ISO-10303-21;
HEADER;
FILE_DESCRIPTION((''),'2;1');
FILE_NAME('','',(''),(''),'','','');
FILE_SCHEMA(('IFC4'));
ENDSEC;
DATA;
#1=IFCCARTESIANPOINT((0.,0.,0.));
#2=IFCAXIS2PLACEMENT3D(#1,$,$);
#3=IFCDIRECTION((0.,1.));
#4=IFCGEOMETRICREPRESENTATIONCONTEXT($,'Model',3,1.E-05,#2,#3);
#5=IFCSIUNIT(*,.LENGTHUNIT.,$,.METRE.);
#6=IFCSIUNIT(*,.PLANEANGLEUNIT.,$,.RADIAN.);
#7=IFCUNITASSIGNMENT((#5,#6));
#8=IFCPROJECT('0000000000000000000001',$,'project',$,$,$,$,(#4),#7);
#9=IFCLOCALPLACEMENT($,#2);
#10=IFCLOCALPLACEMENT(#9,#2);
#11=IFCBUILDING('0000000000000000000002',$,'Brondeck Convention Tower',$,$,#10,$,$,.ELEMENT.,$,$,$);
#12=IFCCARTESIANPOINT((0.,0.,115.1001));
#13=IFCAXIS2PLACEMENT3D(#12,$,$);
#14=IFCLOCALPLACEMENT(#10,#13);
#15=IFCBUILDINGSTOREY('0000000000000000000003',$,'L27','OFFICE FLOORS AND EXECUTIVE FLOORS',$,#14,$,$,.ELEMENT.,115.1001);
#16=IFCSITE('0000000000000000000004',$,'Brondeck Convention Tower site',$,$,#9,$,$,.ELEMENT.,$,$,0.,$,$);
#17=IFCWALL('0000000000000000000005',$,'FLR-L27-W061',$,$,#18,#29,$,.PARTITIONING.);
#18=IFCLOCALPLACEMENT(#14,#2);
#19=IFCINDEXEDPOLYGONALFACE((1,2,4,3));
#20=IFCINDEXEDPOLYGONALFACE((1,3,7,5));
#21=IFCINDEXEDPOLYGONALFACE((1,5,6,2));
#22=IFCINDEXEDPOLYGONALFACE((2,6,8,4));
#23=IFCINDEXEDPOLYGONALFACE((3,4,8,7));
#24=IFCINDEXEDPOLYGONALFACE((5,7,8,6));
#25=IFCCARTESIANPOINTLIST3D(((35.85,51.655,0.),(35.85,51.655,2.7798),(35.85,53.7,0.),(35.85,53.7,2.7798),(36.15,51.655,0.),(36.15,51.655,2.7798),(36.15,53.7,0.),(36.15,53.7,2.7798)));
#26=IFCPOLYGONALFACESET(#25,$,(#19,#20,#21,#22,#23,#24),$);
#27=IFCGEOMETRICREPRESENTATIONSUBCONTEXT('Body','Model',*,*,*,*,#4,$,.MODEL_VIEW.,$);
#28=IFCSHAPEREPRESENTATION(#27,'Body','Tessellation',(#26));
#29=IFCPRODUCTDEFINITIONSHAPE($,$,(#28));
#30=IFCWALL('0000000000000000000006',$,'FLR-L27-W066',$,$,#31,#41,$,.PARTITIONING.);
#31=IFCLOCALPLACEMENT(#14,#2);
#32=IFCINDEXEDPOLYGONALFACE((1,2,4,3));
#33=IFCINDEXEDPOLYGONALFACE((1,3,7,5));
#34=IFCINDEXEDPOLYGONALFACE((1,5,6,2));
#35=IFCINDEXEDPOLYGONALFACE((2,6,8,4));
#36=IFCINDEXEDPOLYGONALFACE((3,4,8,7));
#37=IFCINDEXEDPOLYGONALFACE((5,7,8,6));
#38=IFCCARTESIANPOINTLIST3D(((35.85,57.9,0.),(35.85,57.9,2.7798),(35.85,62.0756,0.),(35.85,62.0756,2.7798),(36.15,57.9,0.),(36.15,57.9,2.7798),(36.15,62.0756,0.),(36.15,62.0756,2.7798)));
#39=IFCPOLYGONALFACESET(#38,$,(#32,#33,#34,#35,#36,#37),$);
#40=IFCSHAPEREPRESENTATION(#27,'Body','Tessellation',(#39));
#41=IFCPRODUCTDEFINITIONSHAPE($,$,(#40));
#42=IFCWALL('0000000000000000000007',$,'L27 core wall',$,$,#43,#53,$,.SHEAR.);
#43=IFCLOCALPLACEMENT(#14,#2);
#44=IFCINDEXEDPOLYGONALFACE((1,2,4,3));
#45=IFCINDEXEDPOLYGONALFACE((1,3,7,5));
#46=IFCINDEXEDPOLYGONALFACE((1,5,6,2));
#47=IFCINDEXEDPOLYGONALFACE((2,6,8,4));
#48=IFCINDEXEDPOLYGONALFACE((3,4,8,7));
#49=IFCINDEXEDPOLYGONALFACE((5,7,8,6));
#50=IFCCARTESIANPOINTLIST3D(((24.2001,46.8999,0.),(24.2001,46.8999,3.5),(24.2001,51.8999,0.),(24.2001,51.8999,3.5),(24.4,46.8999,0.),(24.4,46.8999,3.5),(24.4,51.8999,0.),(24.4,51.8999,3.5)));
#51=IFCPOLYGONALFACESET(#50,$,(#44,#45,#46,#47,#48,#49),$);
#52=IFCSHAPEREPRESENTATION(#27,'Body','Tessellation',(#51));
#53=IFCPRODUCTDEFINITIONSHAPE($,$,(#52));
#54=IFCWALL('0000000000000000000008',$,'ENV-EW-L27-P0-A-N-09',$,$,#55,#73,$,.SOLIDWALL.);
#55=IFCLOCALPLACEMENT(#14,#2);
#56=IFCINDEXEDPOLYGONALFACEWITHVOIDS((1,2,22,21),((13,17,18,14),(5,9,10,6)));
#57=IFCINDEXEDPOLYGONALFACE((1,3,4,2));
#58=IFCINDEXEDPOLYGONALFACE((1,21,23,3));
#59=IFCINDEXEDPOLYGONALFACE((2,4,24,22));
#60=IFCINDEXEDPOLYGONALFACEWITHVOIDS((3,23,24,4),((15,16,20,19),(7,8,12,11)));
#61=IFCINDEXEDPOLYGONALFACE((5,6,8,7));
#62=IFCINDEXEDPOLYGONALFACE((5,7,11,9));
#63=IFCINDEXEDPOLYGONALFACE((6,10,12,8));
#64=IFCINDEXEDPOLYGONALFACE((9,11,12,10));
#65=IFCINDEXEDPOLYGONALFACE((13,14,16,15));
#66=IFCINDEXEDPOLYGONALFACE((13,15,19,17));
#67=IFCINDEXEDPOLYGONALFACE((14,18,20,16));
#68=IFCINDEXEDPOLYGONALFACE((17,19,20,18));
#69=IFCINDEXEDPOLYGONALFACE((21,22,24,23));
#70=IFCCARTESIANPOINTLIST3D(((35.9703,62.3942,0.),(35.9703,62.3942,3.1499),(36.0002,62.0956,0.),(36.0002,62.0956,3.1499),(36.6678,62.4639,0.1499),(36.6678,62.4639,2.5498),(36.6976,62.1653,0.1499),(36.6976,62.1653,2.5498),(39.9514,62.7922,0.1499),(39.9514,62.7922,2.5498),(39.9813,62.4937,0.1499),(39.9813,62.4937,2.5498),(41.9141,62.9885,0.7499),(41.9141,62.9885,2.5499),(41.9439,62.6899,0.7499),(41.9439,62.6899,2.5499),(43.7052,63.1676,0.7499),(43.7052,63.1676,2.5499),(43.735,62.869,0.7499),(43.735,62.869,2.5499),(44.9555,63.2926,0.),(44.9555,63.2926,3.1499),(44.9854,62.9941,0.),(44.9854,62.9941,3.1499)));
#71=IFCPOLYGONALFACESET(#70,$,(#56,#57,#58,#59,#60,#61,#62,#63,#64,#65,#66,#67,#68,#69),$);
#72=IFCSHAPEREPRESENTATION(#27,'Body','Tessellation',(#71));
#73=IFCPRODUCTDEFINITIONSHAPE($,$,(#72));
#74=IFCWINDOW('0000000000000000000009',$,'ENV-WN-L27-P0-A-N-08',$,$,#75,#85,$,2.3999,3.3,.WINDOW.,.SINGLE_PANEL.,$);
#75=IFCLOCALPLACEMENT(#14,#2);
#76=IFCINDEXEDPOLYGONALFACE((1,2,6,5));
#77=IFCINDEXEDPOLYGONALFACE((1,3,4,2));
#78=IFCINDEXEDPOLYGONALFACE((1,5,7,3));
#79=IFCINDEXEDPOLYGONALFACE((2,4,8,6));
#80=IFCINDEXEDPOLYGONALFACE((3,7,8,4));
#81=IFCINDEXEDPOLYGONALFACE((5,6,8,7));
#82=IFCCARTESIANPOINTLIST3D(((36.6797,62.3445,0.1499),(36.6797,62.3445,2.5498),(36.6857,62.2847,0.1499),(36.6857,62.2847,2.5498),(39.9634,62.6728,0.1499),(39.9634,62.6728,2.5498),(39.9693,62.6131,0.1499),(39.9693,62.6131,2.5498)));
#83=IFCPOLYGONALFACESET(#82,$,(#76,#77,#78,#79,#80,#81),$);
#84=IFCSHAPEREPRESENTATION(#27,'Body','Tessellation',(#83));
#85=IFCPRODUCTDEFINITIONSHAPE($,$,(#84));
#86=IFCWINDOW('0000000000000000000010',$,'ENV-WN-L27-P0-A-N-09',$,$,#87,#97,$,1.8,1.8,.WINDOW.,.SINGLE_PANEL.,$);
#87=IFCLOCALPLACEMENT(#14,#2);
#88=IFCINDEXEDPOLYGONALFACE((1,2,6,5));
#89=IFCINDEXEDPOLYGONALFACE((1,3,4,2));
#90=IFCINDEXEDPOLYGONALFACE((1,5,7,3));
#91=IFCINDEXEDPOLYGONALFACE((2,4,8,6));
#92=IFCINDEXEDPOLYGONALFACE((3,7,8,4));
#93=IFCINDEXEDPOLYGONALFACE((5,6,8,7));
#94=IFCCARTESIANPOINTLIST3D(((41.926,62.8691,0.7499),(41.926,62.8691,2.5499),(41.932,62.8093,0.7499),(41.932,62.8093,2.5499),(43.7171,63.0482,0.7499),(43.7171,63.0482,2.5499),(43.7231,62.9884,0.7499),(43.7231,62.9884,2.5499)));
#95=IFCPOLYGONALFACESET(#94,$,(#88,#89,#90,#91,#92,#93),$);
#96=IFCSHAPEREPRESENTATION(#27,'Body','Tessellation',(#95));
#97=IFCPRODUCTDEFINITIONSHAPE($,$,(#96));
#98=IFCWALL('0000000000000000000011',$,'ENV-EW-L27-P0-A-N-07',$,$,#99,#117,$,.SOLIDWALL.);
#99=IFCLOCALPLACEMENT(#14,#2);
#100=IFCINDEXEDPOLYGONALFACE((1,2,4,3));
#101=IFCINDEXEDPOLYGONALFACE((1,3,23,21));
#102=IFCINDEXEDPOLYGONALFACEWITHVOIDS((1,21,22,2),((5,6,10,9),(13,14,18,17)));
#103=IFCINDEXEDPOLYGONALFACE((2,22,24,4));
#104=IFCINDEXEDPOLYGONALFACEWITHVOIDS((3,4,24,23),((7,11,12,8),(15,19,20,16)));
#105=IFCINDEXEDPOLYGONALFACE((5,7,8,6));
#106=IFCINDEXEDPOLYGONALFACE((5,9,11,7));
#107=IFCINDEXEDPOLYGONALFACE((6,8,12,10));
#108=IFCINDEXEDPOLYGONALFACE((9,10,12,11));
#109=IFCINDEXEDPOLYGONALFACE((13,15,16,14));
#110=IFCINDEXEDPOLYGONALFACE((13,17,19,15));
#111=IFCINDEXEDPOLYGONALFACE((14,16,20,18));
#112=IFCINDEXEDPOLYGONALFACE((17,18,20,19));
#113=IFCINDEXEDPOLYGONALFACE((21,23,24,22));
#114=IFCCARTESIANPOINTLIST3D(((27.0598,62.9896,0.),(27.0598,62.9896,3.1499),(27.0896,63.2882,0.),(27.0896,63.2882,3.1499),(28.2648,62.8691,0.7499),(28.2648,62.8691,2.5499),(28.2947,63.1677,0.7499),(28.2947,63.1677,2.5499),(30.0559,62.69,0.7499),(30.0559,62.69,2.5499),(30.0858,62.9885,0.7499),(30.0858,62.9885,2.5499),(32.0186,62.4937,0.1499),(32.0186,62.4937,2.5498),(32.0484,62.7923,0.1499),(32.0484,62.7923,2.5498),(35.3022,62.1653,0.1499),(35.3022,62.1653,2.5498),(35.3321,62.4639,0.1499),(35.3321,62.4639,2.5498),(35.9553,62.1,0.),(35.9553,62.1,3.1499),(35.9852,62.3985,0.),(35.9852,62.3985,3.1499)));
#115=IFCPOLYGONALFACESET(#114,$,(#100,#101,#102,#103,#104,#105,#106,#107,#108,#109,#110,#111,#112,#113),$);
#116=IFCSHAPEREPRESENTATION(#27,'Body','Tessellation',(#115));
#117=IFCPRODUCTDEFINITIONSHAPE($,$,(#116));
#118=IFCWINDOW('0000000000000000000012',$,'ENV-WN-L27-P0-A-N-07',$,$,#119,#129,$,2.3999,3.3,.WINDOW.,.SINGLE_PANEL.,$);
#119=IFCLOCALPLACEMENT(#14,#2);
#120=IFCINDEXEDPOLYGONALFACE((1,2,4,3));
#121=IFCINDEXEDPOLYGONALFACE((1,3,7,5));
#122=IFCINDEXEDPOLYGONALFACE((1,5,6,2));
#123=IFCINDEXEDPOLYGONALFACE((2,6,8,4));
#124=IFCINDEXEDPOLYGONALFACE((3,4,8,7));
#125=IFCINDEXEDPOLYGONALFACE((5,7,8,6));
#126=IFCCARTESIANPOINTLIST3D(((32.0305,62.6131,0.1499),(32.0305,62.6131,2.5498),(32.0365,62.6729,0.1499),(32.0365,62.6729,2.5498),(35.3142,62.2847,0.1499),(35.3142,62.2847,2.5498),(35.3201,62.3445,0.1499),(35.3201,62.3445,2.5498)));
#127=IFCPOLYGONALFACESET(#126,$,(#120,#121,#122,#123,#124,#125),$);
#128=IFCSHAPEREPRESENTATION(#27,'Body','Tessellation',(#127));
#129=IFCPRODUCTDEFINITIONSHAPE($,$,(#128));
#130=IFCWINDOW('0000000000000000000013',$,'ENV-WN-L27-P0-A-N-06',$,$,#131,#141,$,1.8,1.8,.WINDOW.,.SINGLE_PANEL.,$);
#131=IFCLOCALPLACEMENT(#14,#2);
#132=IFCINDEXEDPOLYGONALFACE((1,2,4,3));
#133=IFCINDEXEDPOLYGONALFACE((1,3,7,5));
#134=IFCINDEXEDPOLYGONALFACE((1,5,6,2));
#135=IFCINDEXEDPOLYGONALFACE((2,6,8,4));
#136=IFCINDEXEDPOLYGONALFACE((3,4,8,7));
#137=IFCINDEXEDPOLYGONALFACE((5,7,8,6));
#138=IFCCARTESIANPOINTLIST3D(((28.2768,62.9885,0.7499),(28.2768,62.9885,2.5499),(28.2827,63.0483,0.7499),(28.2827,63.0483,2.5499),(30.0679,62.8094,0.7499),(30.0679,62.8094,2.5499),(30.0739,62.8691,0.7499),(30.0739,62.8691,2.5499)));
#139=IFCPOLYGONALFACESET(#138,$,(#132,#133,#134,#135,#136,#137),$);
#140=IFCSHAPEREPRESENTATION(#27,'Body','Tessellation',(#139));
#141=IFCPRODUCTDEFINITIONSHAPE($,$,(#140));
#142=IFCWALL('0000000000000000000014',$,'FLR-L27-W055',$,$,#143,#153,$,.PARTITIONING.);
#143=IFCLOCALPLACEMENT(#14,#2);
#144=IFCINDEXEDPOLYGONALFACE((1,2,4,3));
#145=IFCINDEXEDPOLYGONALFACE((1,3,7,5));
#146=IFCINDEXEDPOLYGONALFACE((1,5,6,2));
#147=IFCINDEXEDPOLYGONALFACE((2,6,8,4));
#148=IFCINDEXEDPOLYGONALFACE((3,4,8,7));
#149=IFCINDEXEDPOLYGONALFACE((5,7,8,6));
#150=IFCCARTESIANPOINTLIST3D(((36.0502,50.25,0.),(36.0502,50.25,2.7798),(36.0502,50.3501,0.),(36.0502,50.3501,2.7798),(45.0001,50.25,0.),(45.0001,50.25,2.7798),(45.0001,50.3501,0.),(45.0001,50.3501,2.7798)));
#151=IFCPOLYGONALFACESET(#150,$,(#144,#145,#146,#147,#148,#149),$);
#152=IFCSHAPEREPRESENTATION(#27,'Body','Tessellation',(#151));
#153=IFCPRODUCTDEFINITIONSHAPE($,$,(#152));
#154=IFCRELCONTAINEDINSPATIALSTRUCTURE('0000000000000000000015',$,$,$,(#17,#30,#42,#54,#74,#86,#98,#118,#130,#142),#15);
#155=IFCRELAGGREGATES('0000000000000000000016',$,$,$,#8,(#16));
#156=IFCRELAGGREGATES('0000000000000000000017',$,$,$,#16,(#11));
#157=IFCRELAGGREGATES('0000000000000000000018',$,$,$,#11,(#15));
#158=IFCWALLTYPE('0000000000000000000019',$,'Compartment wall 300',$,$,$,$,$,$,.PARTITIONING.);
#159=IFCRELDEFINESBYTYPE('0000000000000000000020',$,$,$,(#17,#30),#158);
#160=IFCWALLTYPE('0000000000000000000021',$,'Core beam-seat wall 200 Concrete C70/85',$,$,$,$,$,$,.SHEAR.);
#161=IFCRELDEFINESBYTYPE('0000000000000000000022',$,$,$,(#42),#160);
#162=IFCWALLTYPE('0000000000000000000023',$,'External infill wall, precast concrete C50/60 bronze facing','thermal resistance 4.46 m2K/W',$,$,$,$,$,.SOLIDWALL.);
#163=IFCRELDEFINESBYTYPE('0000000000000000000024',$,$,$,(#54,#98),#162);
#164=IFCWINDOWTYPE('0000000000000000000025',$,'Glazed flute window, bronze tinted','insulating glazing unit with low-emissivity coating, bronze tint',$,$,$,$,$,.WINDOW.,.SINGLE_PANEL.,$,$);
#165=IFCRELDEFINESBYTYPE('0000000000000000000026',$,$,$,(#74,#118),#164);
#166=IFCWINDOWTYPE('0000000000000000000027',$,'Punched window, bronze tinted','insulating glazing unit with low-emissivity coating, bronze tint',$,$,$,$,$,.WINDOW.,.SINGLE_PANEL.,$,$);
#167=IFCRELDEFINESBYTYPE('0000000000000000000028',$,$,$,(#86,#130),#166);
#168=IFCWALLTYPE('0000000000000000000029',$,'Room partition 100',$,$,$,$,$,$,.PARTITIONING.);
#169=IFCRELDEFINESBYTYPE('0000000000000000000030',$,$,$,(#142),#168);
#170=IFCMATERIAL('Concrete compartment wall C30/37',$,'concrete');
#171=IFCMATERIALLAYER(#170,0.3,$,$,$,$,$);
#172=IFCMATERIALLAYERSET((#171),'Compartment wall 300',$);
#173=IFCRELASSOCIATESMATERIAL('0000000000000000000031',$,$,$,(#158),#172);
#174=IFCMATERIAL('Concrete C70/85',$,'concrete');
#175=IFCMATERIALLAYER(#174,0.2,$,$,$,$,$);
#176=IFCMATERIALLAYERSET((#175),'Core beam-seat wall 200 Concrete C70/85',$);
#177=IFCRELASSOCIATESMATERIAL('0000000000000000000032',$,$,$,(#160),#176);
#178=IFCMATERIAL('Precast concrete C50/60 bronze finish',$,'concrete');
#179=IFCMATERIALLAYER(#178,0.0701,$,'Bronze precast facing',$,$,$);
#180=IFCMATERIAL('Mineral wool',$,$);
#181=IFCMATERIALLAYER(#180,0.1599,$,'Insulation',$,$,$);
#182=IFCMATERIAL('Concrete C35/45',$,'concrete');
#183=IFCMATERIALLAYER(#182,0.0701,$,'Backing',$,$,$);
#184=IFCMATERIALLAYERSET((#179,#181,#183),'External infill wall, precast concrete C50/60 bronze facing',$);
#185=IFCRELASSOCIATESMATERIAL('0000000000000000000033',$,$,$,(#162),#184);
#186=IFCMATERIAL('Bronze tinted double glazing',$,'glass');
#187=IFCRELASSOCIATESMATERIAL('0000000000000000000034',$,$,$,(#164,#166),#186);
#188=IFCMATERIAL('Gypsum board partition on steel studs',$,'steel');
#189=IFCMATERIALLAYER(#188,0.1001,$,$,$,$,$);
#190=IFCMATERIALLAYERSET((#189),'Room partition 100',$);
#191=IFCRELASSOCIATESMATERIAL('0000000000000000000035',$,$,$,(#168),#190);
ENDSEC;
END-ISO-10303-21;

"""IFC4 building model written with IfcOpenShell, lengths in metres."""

from ifc_helpers import new_model, si_unit, direction, frame, frame_2d, origin, place, context, subcontext, project, spatial, rectangle, extrude, material, layer, layer_set, type_object, element, fill, save


model = new_model("IFC4")

# Units and contexts
model_context = context("Model", 3, precision=1e-05, world=origin(), true_north=direction((0.0, 1.0)))
body_context = subcontext(model_context, "Body", "Model", "MODEL_VIEW")
ifc_project = project(units=[si_unit("LENGTHUNIT", "METRE"), si_unit("PLANEANGLEUNIT", "RADIAN")], contexts=[model_context])

# Site, building, storey
site_placement = place(None, origin())
site = spatial("IfcSite", under=ifc_project, at=site_placement, Name="Brondeck Convention Tower site", CompositionType="ELEMENT", RefElevation=0.0)
building_placement = place(site_placement, origin())
building = spatial("IfcBuilding", under=site, at=building_placement, Name="Brondeck Convention Tower", CompositionType="ELEMENT")
storey_placement = place(building_placement, frame((0.0, 0.0, 115.1001)))
storey = spatial("IfcBuildingStorey", under=building, at=storey_placement, Name="L27", Description="OFFICE FLOORS AND EXECUTIVE FLOORS", CompositionType="ELEMENT", Elevation=115.1001)

# Shared definitions
ifc_material_1 = material(Name="Concrete C70/85", Category="concrete")

# Walls
ifc_material_2 = material(Name="Concrete compartment wall C30/37", Category="concrete")
ifc_layer_1 = layer(ifc_material_2, 0.3)
ifc_layer_set_1 = layer_set([ifc_layer_1], Name="Compartment wall 300")
wall_type_1 = type_object("IfcWallType", Name="Compartment wall 300", PredefinedType="PARTITIONING", material=ifc_layer_set_1)
wall_1_placement = place(storey_placement, frame((36.0, 51.655, 0.0), z_axis=(0.0, 0.0, 1.0), x_axis=(0.0, 1.0, 0.0)))
element("IfcWall", 1, at=wall_1_placement, inside=storey, type_object=wall_type_1, Name="FLR-L27-W061", PredefinedType="PARTITIONING", context=body_context, shape_type="SweptSolid", body=[
    extrude(rectangle(XDim=2.0449, YDim=0.3, at=frame_2d((1.0225, 0.0))), origin(), (0.0, 0.0, 1.0), 2.7798),
])
wall_2_placement = place(storey_placement, frame((36.0, 57.8999, 0.0), z_axis=(0.0, 0.0, 1.0), x_axis=(0.0, 1.0, 0.0)))
element("IfcWall", 2, at=wall_2_placement, inside=storey, type_object=wall_type_1, Name="FLR-L27-W066", PredefinedType="PARTITIONING", context=body_context, shape_type="SweptSolid", body=[
    extrude(rectangle(XDim=4.1755, YDim=0.3, at=frame_2d((2.0879, 0.0))), origin(), (0.0, 0.0, 1.0), 2.7798),
])
ifc_layer_2 = layer(ifc_material_1, 0.2)
ifc_layer_set_2 = layer_set([ifc_layer_2], Name="Core beam-seat wall 200 Concrete C70/85")
wall_type_2 = type_object("IfcWallType", Name="Core beam-seat wall 200 Concrete C70/85", PredefinedType="SHEAR", material=ifc_layer_set_2)
wall_3_placement = place(storey_placement, frame((24.3, 46.8999, 0.0), z_axis=(0.0, 0.0, 1.0), x_axis=(0.0, 1.0, 0.0)))
element("IfcWall", 3, at=wall_3_placement, inside=storey, type_object=wall_type_2, Name="L27 core wall", PredefinedType="SHEAR", context=body_context, shape_type="SweptSolid", body=[
    extrude(rectangle(XDim=5.0, YDim=0.2, at=frame_2d((2.5, 0.0))), origin(), (0.0, 0.0, 1.0), 3.5),
])

# Walls, openings, windows
ifc_material_3 = material(Name="Precast concrete C50/60 bronze finish", Category="concrete")
ifc_layer_3 = layer(ifc_material_3, 0.0701, Name="Bronze precast facing")
ifc_material_4 = material(Name="Mineral wool")
ifc_layer_4 = layer(ifc_material_4, 0.1599, Name="Insulation")
ifc_material_5 = material(Name="Concrete C35/45", Category="concrete")
ifc_layer_5 = layer(ifc_material_5, 0.0701, Name="Backing")
ifc_layer_set_3 = layer_set([ifc_layer_3, ifc_layer_4, ifc_layer_5], Name="External infill wall, precast concrete C50/60 bronze facing")
wall_type_3 = type_object("IfcWallType", Name="External infill wall, precast concrete C50/60 bronze facing", Description="thermal resistance 4.46 m2K/W", PredefinedType="SOLIDWALL", material=ifc_layer_set_3)
wall_4_placement = place(storey_placement, frame((35.9851, 62.2449, 0.0), z_axis=(0.0, 0.0, 1.0), x_axis=(0.995038, 0.099496, 0.0)))
wall_4 = element("IfcWall", 4, at=wall_4_placement, inside=storey, type_object=wall_type_3, Name="ENV-EW-L27-P0-A-N-09", PredefinedType="SOLIDWALL", context=body_context, shape_type="SweptSolid", body=[
    extrude(rectangle(XDim=9.03, YDim=0.3, at=frame_2d((4.5151, 0.0))), origin(), (0.0, 0.0, 1.0), 3.1499),
])
opening_1_placement = place(wall_4_placement, frame((0.7012, 0.0, 0.1499)))
opening_1 = element("IfcOpeningElement", 5, at=opening_1_placement, cuts=wall_4, PredefinedType="OPENING", context=body_context, shape_type="SweptSolid", body=[
    extrude(rectangle(XDim=3.3, YDim=2.3999, at=frame_2d((1.6499, 1.2))), frame((0.0, 0.1599, 0.0), z_axis=(0.0, -1.0, 0.0), x_axis=(1.0, 0.0, 0.0)), (0.0, 0.0, 1.0), 0.3201),
])
opening_2_placement = place(wall_4_placement, frame((5.9736, 0.0, 0.75)))
opening_2 = element("IfcOpeningElement", 6, at=opening_2_placement, cuts=wall_4, PredefinedType="OPENING", context=body_context, shape_type="SweptSolid", body=[
    extrude(rectangle(XDim=1.8, YDim=1.8, at=frame_2d((0.8999, 0.8999))), frame((0.0, 0.1599, 0.0), z_axis=(0.0, -1.0, 0.0), x_axis=(1.0, 0.0, 0.0)), (0.0, 0.0, 1.0), 0.3201),
])
ifc_material_6 = material(Name="Bronze tinted double glazing", Category="glass")
window_type_1 = type_object("IfcWindowType", Name="Glazed flute window, bronze tinted", Description="insulating glazing unit with low-emissivity coating, bronze tint", PartitioningType="SINGLE_PANEL", PredefinedType="WINDOW", material=ifc_material_6)
window_1_placement = place(opening_1_placement, origin())
window_1 = element("IfcWindow", 7, at=window_1_placement, inside=storey, type_object=window_type_1, Name="ENV-WN-L27-P0-A-N-08", OverallHeight=2.3999, OverallWidth=3.3, PartitioningType="SINGLE_PANEL", PredefinedType="WINDOW", context=body_context, shape_type="SweptSolid", body=[
    extrude(rectangle(XDim=3.3, YDim=2.3999, at=frame_2d((1.6499, 1.2))), frame((0.0, 0.03, 0.0), z_axis=(0.0, -1.0, 0.0), x_axis=(1.0, 0.0, 0.0)), (0.0, 0.0, 1.0), 0.0601),
])
fill(opening_1, window_1)
window_type_2 = type_object("IfcWindowType", Name="Punched window, bronze tinted", Description="insulating glazing unit with low-emissivity coating, bronze tint", PartitioningType="SINGLE_PANEL", PredefinedType="WINDOW", material=ifc_material_6)
window_2_placement = place(opening_2_placement, origin())
window_2 = element("IfcWindow", 8, at=window_2_placement, inside=storey, type_object=window_type_2, Name="ENV-WN-L27-P0-A-N-09", OverallHeight=1.8, OverallWidth=1.8, PartitioningType="SINGLE_PANEL", PredefinedType="WINDOW", context=body_context, shape_type="SweptSolid", body=[
    extrude(rectangle(XDim=1.8, YDim=1.8, at=frame_2d((0.8999, 0.8999))), frame((0.0, 0.03, 0.0), z_axis=(0.0, -1.0, 0.0), x_axis=(1.0, 0.0, 0.0)), (0.0, 0.0, 1.0), 0.0601),
])
fill(opening_2, window_2)
wall_5_placement = place(storey_placement, frame((27.0747, 63.1389, 0.0), z_axis=(0.0, 0.0, 1.0), x_axis=(0.995036, -0.099515, 0.0)))
wall_5 = element("IfcWall", 9, at=wall_5_placement, inside=storey, type_object=wall_type_3, Name="ENV-EW-L27-P0-A-N-07", PredefinedType="SOLIDWALL", context=body_context, shape_type="SweptSolid", body=[
    extrude(rectangle(XDim=8.9399, YDim=0.3, at=frame_2d((4.47, 0.0))), origin(), (0.0, 0.0, 1.0), 3.1499),
])
opening_3_placement = place(wall_5_placement, frame((1.2112, 0.0, 0.75)))
opening_3 = element("IfcOpeningElement", 10, at=opening_3_placement, cuts=wall_5, PredefinedType="OPENING", context=body_context, shape_type="SweptSolid", body=[
    extrude(rectangle(XDim=1.8, YDim=1.8, at=frame_2d((0.8999, 0.8999))), frame((0.0, 0.1599, 0.0), z_axis=(0.0, -1.0, 0.0), x_axis=(1.0, 0.0, 0.0)), (0.0, 0.0, 1.0), 0.3201),
])
opening_4_placement = place(wall_5_placement, frame((4.9836, 0.0, 0.1499)))
opening_4 = element("IfcOpeningElement", 11, at=opening_4_placement, cuts=wall_5, PredefinedType="OPENING", context=body_context, shape_type="SweptSolid", body=[
    extrude(rectangle(XDim=3.3, YDim=2.3999, at=frame_2d((1.6499, 1.2))), frame((0.0, 0.1599, 0.0), z_axis=(0.0, -1.0, 0.0), x_axis=(1.0, 0.0, 0.0)), (0.0, 0.0, 1.0), 0.3201),
])
window_3_placement = place(opening_4_placement, origin())
window_3 = element("IfcWindow", 12, at=window_3_placement, inside=storey, type_object=window_type_1, Name="ENV-WN-L27-P0-A-N-07", OverallHeight=2.3999, OverallWidth=3.3, PartitioningType="SINGLE_PANEL", PredefinedType="WINDOW", context=body_context, shape_type="SweptSolid", body=[
    extrude(rectangle(XDim=3.3, YDim=2.3999, at=frame_2d((1.6499, 1.2))), frame((0.0, 0.03, 0.0), z_axis=(0.0, -1.0, 0.0), x_axis=(1.0, 0.0, 0.0)), (0.0, 0.0, 1.0), 0.0601),
])
fill(opening_4, window_3)
window_4_placement = place(opening_3_placement, origin())
window_4 = element("IfcWindow", 13, at=window_4_placement, inside=storey, type_object=window_type_2, Name="ENV-WN-L27-P0-A-N-06", OverallHeight=1.8, OverallWidth=1.8, PartitioningType="SINGLE_PANEL", PredefinedType="WINDOW", context=body_context, shape_type="SweptSolid", body=[
    extrude(rectangle(XDim=1.8, YDim=1.8, at=frame_2d((0.8999, 0.8999))), frame((0.0, 0.03, 0.0), z_axis=(0.0, -1.0, 0.0), x_axis=(1.0, 0.0, 0.0)), (0.0, 0.0, 1.0), 0.0601),
])
fill(opening_3, window_4)

# Wall
ifc_material_7 = material(Name="Gypsum board partition on steel studs", Category="steel")
ifc_layer_6 = layer(ifc_material_7, 0.1001)
ifc_layer_set_4 = layer_set([ifc_layer_6], Name="Room partition 100")
wall_type_4 = type_object("IfcWallType", Name="Room partition 100", PredefinedType="PARTITIONING", material=ifc_layer_set_4)
wall_6_placement = place(storey_placement, frame((36.05, 50.3, 0.0), z_axis=(0.0, 0.0, 1.0), x_axis=(1.0, 0.0, 0.0)))
element("IfcWall", 14, at=wall_6_placement, inside=storey, type_object=wall_type_4, Name="FLR-L27-W055", PredefinedType="PARTITIONING", context=body_context, shape_type="SweptSolid", body=[
    extrude(rectangle(XDim=8.95, YDim=0.1001, at=frame_2d((4.4751, 0.0))), origin(), (0.0, 0.0, 1.0), 2.7798),
])

save(model, "model.ifc")
